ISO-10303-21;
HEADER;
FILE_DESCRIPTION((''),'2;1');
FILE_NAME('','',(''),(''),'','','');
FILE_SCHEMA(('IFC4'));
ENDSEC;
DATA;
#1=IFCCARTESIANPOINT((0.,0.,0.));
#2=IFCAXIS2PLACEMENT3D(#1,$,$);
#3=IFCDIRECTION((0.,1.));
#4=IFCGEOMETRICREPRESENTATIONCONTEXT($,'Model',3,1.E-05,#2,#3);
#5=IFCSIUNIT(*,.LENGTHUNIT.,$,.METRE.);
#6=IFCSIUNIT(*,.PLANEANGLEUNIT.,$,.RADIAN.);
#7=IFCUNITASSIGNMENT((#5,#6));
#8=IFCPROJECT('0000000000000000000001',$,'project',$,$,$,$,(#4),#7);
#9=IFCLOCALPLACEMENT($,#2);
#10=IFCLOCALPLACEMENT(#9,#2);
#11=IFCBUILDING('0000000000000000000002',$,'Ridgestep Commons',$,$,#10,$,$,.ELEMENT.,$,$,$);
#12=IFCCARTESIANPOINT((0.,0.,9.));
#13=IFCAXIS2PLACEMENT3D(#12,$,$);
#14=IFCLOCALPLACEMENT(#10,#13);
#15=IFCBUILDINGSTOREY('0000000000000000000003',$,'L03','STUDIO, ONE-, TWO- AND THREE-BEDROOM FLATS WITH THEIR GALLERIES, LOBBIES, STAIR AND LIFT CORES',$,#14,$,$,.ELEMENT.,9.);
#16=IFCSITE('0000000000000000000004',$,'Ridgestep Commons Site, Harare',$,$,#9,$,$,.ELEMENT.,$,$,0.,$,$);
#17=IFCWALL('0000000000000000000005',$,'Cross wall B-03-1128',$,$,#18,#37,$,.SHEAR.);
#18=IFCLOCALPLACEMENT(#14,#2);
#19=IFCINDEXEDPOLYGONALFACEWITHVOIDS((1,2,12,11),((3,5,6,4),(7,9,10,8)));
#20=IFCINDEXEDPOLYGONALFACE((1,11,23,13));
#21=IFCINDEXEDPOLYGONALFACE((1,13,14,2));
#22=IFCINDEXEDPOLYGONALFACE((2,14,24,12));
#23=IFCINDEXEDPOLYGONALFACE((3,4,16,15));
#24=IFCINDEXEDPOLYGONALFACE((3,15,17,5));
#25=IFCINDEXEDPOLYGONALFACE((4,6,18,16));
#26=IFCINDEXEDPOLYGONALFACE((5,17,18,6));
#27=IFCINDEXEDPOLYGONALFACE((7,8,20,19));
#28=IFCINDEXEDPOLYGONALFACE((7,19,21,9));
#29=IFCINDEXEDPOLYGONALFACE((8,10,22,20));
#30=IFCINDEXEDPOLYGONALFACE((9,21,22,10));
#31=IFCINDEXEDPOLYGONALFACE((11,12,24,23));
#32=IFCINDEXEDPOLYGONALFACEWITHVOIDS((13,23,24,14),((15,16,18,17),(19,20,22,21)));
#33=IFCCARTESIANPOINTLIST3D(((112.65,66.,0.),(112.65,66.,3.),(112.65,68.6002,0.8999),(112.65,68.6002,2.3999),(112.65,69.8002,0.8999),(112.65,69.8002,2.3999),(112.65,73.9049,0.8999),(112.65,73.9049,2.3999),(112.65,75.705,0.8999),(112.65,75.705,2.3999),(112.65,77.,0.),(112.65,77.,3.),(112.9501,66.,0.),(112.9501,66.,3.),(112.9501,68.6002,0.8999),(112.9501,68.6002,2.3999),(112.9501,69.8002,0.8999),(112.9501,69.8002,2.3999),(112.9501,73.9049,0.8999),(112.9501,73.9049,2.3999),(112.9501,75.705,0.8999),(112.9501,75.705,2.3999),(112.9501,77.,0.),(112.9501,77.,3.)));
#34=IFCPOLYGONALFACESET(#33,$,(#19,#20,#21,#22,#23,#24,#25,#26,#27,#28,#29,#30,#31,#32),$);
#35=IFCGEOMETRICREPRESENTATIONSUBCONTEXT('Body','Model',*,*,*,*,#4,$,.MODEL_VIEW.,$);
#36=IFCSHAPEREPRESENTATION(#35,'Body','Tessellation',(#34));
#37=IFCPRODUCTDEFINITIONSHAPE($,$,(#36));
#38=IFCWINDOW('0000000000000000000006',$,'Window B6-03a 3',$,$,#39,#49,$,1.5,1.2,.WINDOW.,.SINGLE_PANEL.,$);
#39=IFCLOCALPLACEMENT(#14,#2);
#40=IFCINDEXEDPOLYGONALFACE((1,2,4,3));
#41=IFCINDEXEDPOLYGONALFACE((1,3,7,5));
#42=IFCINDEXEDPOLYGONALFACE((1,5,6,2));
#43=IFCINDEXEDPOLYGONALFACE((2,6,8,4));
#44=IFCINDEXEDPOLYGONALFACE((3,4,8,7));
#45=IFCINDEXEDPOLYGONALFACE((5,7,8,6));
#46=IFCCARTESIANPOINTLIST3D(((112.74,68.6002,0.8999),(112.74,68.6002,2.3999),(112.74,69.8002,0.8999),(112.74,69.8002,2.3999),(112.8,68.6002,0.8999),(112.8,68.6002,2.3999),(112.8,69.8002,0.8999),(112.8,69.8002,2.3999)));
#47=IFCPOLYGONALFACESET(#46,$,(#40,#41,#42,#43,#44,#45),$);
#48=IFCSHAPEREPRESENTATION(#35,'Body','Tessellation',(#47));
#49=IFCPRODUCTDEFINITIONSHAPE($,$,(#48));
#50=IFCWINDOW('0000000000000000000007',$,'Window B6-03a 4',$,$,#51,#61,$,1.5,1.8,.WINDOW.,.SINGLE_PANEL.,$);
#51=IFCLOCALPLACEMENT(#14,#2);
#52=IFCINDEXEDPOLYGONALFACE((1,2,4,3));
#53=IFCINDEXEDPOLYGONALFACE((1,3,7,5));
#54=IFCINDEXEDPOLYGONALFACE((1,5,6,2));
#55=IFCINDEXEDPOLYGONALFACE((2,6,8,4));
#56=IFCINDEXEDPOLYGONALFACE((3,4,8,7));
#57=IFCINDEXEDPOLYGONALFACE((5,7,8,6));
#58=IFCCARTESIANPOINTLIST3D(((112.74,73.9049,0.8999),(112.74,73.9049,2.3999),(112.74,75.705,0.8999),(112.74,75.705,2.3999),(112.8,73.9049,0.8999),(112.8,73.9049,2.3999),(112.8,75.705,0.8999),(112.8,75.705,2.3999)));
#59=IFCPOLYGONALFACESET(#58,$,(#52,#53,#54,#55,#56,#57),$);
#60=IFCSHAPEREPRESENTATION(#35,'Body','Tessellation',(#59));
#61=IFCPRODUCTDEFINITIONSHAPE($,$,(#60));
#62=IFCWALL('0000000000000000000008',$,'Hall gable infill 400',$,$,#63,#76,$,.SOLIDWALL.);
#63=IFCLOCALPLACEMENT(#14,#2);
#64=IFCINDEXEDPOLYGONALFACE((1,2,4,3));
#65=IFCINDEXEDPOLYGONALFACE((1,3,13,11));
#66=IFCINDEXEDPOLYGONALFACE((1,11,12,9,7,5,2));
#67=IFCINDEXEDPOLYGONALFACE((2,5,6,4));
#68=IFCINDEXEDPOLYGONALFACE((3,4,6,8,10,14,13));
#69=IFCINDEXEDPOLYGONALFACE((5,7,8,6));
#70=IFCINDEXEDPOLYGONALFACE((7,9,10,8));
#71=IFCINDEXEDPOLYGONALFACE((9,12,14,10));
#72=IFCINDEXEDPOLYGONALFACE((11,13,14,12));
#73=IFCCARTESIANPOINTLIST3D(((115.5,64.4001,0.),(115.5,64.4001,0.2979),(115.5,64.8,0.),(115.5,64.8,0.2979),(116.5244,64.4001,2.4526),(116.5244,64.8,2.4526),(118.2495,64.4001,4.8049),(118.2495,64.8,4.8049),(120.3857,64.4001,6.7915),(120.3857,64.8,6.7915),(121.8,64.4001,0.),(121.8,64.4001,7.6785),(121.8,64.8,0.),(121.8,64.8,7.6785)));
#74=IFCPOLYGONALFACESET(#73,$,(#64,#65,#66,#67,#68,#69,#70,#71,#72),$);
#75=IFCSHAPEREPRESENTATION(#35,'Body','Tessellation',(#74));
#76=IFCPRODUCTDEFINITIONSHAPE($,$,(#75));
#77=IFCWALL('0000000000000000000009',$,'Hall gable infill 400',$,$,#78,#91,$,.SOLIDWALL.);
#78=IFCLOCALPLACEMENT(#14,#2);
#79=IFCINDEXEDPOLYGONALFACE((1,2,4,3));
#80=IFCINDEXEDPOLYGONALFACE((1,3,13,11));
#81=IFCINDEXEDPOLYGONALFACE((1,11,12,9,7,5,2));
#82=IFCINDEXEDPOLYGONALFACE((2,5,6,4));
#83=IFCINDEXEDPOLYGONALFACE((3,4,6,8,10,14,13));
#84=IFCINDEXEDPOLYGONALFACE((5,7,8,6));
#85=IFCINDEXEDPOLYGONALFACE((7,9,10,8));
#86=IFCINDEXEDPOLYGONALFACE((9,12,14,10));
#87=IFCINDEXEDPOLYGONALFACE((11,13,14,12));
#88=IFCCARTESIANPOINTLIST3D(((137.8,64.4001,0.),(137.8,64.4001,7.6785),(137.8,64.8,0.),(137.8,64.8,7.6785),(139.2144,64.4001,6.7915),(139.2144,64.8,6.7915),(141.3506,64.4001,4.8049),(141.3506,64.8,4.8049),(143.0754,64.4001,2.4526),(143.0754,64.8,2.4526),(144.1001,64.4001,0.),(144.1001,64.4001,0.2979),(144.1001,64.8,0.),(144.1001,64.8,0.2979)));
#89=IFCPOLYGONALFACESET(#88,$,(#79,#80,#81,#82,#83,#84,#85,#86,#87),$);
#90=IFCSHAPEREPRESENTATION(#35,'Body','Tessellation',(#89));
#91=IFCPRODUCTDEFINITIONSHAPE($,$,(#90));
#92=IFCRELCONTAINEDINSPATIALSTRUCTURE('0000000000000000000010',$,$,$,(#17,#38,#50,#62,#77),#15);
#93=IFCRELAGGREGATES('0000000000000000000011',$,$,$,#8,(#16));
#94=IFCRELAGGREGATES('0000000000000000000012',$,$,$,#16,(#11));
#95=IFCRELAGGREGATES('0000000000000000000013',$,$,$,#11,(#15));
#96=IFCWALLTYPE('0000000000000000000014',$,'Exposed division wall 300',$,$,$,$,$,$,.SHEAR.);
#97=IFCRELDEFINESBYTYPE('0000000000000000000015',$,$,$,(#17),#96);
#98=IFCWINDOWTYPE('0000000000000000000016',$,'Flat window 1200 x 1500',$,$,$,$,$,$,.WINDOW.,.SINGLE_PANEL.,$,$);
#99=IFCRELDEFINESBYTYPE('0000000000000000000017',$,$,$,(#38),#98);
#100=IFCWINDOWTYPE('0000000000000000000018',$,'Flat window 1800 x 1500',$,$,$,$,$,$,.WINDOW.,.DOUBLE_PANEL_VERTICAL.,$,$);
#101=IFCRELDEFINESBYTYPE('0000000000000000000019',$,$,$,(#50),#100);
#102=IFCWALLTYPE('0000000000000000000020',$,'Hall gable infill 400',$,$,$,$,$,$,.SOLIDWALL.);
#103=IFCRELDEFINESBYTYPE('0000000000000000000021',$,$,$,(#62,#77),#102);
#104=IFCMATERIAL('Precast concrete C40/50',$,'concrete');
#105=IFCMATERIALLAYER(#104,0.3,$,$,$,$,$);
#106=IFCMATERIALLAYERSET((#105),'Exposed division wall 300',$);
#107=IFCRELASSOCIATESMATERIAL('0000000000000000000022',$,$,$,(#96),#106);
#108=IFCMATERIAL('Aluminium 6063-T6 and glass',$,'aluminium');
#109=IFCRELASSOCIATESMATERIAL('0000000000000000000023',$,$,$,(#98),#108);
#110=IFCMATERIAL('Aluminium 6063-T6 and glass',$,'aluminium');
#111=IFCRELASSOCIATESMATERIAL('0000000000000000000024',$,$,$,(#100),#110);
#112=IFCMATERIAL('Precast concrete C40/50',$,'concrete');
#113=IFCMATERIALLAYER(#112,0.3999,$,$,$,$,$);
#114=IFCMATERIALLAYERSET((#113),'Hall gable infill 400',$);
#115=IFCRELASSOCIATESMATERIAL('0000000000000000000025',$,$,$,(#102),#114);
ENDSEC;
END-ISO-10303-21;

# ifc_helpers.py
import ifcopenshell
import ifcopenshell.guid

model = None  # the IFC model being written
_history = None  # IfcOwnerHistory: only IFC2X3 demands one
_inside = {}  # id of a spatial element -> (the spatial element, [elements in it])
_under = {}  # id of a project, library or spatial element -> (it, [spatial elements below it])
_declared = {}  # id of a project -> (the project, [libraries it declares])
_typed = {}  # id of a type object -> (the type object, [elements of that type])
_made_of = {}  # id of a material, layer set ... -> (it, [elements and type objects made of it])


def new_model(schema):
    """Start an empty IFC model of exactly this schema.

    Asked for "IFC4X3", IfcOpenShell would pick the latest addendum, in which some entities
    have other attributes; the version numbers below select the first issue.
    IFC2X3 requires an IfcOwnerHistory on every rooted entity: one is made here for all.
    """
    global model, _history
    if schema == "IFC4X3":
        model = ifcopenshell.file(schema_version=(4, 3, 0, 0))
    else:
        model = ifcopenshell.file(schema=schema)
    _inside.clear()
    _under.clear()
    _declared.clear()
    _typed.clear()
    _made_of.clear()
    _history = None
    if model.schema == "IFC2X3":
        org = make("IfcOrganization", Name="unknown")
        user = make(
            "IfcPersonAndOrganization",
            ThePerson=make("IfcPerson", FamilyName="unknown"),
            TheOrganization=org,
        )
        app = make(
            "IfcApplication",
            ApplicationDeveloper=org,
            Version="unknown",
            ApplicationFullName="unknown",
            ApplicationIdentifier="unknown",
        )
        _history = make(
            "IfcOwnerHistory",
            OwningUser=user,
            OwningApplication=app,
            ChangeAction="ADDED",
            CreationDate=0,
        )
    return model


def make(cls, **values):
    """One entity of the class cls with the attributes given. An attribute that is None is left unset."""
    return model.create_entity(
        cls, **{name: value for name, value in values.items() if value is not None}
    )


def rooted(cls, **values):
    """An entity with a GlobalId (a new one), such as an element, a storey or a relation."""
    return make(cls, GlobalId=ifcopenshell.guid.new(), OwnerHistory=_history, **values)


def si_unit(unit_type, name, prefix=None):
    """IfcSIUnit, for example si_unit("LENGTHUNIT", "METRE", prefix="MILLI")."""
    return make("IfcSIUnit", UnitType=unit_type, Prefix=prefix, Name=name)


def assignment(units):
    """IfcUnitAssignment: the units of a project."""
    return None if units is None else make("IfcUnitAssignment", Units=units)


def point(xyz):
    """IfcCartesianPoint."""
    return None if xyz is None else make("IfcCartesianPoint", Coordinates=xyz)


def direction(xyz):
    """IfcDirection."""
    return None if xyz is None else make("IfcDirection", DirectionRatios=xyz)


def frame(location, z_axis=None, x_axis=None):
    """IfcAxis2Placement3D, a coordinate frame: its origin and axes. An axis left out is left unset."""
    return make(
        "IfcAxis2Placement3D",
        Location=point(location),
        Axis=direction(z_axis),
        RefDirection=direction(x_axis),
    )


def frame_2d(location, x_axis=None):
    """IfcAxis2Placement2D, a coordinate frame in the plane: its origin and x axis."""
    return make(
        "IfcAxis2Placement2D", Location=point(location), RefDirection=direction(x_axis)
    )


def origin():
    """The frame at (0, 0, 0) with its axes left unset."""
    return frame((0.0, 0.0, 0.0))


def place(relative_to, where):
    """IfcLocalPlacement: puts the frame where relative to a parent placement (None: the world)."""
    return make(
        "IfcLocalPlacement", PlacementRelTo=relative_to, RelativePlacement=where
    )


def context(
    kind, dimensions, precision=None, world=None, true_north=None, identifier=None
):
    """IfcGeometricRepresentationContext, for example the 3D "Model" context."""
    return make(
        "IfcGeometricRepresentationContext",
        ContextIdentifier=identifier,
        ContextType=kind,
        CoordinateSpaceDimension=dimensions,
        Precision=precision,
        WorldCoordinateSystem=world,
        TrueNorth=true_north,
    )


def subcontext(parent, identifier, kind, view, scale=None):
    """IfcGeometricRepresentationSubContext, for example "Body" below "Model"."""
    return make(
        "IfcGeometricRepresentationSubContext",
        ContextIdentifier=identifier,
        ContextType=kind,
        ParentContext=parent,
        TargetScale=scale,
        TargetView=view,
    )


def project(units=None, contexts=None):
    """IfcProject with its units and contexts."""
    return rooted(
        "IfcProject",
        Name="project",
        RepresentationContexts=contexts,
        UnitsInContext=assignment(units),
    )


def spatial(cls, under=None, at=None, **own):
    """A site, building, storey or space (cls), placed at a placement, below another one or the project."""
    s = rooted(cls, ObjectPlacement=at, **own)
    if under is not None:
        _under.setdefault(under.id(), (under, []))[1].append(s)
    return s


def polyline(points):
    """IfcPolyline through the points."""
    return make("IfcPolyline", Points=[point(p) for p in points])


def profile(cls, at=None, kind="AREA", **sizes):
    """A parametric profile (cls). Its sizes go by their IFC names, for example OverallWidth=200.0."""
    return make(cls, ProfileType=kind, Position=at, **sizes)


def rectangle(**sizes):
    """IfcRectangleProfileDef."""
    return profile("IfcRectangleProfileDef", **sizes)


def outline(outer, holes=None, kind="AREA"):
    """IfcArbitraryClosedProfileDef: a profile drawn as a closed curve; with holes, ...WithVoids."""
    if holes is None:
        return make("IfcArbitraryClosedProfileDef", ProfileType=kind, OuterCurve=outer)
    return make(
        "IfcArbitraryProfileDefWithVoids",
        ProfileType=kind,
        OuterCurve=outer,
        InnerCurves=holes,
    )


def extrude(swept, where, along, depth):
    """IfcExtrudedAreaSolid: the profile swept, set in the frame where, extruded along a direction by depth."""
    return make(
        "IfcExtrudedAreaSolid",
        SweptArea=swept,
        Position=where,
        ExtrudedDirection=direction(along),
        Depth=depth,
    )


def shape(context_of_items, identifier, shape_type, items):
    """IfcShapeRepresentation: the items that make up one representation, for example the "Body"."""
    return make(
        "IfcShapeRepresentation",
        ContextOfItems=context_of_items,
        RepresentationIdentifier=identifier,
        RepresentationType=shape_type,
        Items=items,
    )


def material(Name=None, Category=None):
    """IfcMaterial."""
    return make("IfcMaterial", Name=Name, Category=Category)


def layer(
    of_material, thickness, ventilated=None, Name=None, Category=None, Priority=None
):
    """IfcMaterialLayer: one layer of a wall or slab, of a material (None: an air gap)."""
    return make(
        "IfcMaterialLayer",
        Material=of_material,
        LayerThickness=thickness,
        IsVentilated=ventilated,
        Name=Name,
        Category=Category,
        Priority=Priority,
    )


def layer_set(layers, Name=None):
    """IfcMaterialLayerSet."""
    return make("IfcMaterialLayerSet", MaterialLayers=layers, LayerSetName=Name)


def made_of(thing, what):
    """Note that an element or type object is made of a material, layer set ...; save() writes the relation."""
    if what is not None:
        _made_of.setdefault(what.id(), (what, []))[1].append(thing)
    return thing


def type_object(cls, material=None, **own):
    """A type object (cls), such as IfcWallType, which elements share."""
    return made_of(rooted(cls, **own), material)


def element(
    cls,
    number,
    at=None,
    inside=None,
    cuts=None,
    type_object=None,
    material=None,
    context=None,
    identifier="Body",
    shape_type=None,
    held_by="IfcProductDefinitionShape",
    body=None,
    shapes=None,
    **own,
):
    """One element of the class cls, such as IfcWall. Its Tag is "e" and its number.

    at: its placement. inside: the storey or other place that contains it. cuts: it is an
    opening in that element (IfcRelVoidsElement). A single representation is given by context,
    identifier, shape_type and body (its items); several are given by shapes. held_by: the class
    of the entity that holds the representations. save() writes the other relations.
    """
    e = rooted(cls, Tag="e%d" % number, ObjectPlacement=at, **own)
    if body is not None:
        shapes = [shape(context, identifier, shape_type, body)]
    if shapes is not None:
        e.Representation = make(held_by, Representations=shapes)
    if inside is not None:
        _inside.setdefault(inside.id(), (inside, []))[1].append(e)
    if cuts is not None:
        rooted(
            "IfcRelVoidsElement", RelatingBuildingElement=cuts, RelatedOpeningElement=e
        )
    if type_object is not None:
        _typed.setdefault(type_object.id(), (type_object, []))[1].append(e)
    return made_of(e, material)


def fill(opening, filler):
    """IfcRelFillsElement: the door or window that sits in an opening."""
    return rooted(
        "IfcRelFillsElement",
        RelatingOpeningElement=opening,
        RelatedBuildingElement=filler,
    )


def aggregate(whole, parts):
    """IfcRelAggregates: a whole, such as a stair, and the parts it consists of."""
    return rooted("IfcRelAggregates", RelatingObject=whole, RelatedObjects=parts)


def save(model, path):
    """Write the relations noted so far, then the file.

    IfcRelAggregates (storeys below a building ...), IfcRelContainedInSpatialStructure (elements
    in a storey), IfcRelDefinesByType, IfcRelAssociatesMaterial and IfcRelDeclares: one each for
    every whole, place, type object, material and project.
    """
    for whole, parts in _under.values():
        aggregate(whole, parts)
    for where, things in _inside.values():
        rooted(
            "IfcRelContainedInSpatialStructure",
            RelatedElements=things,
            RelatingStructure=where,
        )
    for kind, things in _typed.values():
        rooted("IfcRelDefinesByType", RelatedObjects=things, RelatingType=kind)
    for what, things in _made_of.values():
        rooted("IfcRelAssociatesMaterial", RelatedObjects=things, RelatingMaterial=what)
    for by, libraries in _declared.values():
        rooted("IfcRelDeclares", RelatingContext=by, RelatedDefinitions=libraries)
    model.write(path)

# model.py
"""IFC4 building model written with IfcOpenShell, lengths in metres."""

from ifc_helpers import new_model, si_unit, direction, frame, frame_2d, origin, place, context, subcontext, project, spatial, polyline, rectangle, outline, extrude, material, layer, layer_set, type_object, element, fill, save


model = new_model("IFC4")

# Units and contexts
model_context = context("Model", 3, precision=1e-05, world=origin(), true_north=direction((0.0, 1.0)))
body_context = subcontext(model_context, "Body", "Model", "MODEL_VIEW")
ifc_project = project(units=[si_unit("LENGTHUNIT", "METRE"), si_unit("PLANEANGLEUNIT", "RADIAN")], contexts=[model_context])

# Site, building, storey
site_placement = place(None, origin())
site = spatial("IfcSite", under=ifc_project, at=site_placement, Name="Ridgestep Commons Site, Harare", CompositionType="ELEMENT", RefElevation=0.0)
building_placement = place(site_placement, origin())
building = spatial("IfcBuilding", under=site, at=building_placement, Name="Ridgestep Commons", CompositionType="ELEMENT")
storey_placement = place(building_placement, frame((0.0, 0.0, 9.0)))
storey = spatial("IfcBuildingStorey", under=building, at=storey_placement, Name="L03", Description="STUDIO, ONE-, TWO- AND THREE-BEDROOM FLATS WITH THEIR GALLERIES, LOBBIES, STAIR AND LIFT CORES", CompositionType="ELEMENT", Elevation=9.0)

# Wall, openings, windows
ifc_material_1 = material(Name="Precast concrete C40/50", Category="concrete")
ifc_layer_1 = layer(ifc_material_1, 0.3)
ifc_layer_set_1 = layer_set([ifc_layer_1], Name="Exposed division wall 300")
wall_type_1 = type_object("IfcWallType", Name="Exposed division wall 300", PredefinedType="SHEAR", material=ifc_layer_set_1)
wall_1_placement = place(storey_placement, frame((112.8, 66.0, 0.0), z_axis=(0.0, 0.0, 1.0), x_axis=(0.0, 1.0, 0.0)))
wall_1 = element("IfcWall", 1, at=wall_1_placement, inside=storey, type_object=wall_type_1, Name="Cross wall B-03-1128", PredefinedType="SHEAR", context=body_context, shape_type="SweptSolid", body=[
    extrude(rectangle(XDim=11.0, YDim=0.3, at=frame_2d((5.5, 0.0))), origin(), (0.0, 0.0, 1.0), 3.0),
])
opening_1_placement = place(wall_1_placement, frame((2.6001, 0.0, 0.8999)))
opening_1 = element("IfcOpeningElement", 2, at=opening_1_placement, cuts=wall_1, PredefinedType="OPENING", context=body_context, shape_type="SweptSolid", body=[
    extrude(rectangle(XDim=1.2, YDim=1.5, at=frame_2d((0.6001, 0.75))), frame((0.0, 0.1599, 0.0), z_axis=(0.0, -1.0, 0.0), x_axis=(1.0, 0.0, 0.0)), (0.0, 0.0, 1.0), 0.3201),
])
opening_2_placement = place(wall_1_placement, frame((7.905, 0.0, 0.8999)))
opening_2 = element("IfcOpeningElement", 3, at=opening_2_placement, cuts=wall_1, PredefinedType="OPENING", context=body_context, shape_type="SweptSolid", body=[
    extrude(rectangle(XDim=1.8, YDim=1.5, at=frame_2d((0.8999, 0.75))), frame((0.0, 0.1599, 0.0), z_axis=(0.0, -1.0, 0.0), x_axis=(1.0, 0.0, 0.0)), (0.0, 0.0, 1.0), 0.3201),
])
ifc_material_2 = material(Name="Aluminium 6063-T6 and glass", Category="aluminium")
window_type_1 = type_object("IfcWindowType", Name="Flat window 1200 x 1500", PartitioningType="SINGLE_PANEL", PredefinedType="WINDOW", material=ifc_material_2)
window_1_placement = place(opening_1_placement, origin())
window_1 = element("IfcWindow", 4, at=window_1_placement, inside=storey, type_object=window_type_1, Name="Window B6-03a 3", OverallHeight=1.5, OverallWidth=1.2, PartitioningType="SINGLE_PANEL", PredefinedType="WINDOW", context=body_context, shape_type="SweptSolid", body=[
    extrude(rectangle(XDim=1.2, YDim=1.5, at=frame_2d((0.6001, 0.75))), frame((0.0, 0.0601, 0.0), z_axis=(0.0, -1.0, 0.0), x_axis=(1.0, 0.0, 0.0)), (0.0, 0.0, 1.0), 0.0601),
])
fill(opening_1, window_1)
ifc_material_3 = material(Name="Aluminium 6063-T6 and glass", Category="aluminium")
window_type_2 = type_object("IfcWindowType", Name="Flat window 1800 x 1500", PartitioningType="DOUBLE_PANEL_VERTICAL", PredefinedType="WINDOW", material=ifc_material_3)
window_2_placement = place(opening_2_placement, origin())
window_2 = element("IfcWindow", 5, at=window_2_placement, inside=storey, type_object=window_type_2, Name="Window B6-03a 4", OverallHeight=1.5, OverallWidth=1.8, PartitioningType="SINGLE_PANEL", PredefinedType="WINDOW", context=body_context, shape_type="SweptSolid", body=[
    extrude(rectangle(XDim=1.8, YDim=1.5, at=frame_2d((0.8999, 0.75))), frame((0.0, 0.0601, 0.0), z_axis=(0.0, -1.0, 0.0), x_axis=(1.0, 0.0, 0.0)), (0.0, 0.0, 1.0), 0.0601),
])
fill(opening_2, window_2)

# Walls
ifc_material_4 = material(Name="Precast concrete C40/50", Category="concrete")
ifc_layer_2 = layer(ifc_material_4, 0.3999)
ifc_layer_set_2 = layer_set([ifc_layer_2], Name="Hall gable infill 400")
wall_type_2 = type_object("IfcWallType", Name="Hall gable infill 400", PredefinedType="SOLIDWALL", material=ifc_layer_set_2)
wall_2_placement = place(storey_placement, frame((115.5, 64.6001, 0.0), z_axis=(0.0, 0.0, 1.0), x_axis=(1.0, 0.0, 0.0)))
element("IfcWall", 6, at=wall_2_placement, inside=storey, type_object=wall_type_2, Name="Hall gable infill 400", PredefinedType="SOLIDWALL", context=body_context, shape_type="SweptSolid", body=[
    extrude(outline(polyline([(0.0, 0.0), (6.3, 0.0), (6.3, 7.6785), (4.8857, 6.7915), (2.7495, 4.8049), (1.0244, 2.4526), (0.0, 0.2979), (0.0, 0.0)])), frame((0.0, 0.2, 0.0), z_axis=(0.0, -1.0, 0.0), x_axis=(1.0, 0.0, 0.0)), (0.0, 0.0, 1.0), 0.3999),
])
wall_3_placement = place(storey_placement, frame((137.8, 64.6001, 0.0), z_axis=(0.0, 0.0, 1.0), x_axis=(1.0, 0.0, 0.0)))
element("IfcWall", 7, at=wall_3_placement, inside=storey, type_object=wall_type_2, Name="Hall gable infill 400", PredefinedType="SOLIDWALL", context=body_context, shape_type="SweptSolid", body=[
    extrude(outline(polyline([(0.0, 0.0), (6.3, 0.0), (6.3, 0.2979), (5.2754, 2.4526), (3.5505, 4.8049), (1.4143, 6.7915), (0.0, 7.6785), (0.0, 0.0)])), frame((0.0, 0.2, 0.0), z_axis=(0.0, -1.0, 0.0), x_axis=(1.0, 0.0, 0.0)), (0.0, 0.0, 1.0), 0.3999),
])

save(model, "model.ifc")
